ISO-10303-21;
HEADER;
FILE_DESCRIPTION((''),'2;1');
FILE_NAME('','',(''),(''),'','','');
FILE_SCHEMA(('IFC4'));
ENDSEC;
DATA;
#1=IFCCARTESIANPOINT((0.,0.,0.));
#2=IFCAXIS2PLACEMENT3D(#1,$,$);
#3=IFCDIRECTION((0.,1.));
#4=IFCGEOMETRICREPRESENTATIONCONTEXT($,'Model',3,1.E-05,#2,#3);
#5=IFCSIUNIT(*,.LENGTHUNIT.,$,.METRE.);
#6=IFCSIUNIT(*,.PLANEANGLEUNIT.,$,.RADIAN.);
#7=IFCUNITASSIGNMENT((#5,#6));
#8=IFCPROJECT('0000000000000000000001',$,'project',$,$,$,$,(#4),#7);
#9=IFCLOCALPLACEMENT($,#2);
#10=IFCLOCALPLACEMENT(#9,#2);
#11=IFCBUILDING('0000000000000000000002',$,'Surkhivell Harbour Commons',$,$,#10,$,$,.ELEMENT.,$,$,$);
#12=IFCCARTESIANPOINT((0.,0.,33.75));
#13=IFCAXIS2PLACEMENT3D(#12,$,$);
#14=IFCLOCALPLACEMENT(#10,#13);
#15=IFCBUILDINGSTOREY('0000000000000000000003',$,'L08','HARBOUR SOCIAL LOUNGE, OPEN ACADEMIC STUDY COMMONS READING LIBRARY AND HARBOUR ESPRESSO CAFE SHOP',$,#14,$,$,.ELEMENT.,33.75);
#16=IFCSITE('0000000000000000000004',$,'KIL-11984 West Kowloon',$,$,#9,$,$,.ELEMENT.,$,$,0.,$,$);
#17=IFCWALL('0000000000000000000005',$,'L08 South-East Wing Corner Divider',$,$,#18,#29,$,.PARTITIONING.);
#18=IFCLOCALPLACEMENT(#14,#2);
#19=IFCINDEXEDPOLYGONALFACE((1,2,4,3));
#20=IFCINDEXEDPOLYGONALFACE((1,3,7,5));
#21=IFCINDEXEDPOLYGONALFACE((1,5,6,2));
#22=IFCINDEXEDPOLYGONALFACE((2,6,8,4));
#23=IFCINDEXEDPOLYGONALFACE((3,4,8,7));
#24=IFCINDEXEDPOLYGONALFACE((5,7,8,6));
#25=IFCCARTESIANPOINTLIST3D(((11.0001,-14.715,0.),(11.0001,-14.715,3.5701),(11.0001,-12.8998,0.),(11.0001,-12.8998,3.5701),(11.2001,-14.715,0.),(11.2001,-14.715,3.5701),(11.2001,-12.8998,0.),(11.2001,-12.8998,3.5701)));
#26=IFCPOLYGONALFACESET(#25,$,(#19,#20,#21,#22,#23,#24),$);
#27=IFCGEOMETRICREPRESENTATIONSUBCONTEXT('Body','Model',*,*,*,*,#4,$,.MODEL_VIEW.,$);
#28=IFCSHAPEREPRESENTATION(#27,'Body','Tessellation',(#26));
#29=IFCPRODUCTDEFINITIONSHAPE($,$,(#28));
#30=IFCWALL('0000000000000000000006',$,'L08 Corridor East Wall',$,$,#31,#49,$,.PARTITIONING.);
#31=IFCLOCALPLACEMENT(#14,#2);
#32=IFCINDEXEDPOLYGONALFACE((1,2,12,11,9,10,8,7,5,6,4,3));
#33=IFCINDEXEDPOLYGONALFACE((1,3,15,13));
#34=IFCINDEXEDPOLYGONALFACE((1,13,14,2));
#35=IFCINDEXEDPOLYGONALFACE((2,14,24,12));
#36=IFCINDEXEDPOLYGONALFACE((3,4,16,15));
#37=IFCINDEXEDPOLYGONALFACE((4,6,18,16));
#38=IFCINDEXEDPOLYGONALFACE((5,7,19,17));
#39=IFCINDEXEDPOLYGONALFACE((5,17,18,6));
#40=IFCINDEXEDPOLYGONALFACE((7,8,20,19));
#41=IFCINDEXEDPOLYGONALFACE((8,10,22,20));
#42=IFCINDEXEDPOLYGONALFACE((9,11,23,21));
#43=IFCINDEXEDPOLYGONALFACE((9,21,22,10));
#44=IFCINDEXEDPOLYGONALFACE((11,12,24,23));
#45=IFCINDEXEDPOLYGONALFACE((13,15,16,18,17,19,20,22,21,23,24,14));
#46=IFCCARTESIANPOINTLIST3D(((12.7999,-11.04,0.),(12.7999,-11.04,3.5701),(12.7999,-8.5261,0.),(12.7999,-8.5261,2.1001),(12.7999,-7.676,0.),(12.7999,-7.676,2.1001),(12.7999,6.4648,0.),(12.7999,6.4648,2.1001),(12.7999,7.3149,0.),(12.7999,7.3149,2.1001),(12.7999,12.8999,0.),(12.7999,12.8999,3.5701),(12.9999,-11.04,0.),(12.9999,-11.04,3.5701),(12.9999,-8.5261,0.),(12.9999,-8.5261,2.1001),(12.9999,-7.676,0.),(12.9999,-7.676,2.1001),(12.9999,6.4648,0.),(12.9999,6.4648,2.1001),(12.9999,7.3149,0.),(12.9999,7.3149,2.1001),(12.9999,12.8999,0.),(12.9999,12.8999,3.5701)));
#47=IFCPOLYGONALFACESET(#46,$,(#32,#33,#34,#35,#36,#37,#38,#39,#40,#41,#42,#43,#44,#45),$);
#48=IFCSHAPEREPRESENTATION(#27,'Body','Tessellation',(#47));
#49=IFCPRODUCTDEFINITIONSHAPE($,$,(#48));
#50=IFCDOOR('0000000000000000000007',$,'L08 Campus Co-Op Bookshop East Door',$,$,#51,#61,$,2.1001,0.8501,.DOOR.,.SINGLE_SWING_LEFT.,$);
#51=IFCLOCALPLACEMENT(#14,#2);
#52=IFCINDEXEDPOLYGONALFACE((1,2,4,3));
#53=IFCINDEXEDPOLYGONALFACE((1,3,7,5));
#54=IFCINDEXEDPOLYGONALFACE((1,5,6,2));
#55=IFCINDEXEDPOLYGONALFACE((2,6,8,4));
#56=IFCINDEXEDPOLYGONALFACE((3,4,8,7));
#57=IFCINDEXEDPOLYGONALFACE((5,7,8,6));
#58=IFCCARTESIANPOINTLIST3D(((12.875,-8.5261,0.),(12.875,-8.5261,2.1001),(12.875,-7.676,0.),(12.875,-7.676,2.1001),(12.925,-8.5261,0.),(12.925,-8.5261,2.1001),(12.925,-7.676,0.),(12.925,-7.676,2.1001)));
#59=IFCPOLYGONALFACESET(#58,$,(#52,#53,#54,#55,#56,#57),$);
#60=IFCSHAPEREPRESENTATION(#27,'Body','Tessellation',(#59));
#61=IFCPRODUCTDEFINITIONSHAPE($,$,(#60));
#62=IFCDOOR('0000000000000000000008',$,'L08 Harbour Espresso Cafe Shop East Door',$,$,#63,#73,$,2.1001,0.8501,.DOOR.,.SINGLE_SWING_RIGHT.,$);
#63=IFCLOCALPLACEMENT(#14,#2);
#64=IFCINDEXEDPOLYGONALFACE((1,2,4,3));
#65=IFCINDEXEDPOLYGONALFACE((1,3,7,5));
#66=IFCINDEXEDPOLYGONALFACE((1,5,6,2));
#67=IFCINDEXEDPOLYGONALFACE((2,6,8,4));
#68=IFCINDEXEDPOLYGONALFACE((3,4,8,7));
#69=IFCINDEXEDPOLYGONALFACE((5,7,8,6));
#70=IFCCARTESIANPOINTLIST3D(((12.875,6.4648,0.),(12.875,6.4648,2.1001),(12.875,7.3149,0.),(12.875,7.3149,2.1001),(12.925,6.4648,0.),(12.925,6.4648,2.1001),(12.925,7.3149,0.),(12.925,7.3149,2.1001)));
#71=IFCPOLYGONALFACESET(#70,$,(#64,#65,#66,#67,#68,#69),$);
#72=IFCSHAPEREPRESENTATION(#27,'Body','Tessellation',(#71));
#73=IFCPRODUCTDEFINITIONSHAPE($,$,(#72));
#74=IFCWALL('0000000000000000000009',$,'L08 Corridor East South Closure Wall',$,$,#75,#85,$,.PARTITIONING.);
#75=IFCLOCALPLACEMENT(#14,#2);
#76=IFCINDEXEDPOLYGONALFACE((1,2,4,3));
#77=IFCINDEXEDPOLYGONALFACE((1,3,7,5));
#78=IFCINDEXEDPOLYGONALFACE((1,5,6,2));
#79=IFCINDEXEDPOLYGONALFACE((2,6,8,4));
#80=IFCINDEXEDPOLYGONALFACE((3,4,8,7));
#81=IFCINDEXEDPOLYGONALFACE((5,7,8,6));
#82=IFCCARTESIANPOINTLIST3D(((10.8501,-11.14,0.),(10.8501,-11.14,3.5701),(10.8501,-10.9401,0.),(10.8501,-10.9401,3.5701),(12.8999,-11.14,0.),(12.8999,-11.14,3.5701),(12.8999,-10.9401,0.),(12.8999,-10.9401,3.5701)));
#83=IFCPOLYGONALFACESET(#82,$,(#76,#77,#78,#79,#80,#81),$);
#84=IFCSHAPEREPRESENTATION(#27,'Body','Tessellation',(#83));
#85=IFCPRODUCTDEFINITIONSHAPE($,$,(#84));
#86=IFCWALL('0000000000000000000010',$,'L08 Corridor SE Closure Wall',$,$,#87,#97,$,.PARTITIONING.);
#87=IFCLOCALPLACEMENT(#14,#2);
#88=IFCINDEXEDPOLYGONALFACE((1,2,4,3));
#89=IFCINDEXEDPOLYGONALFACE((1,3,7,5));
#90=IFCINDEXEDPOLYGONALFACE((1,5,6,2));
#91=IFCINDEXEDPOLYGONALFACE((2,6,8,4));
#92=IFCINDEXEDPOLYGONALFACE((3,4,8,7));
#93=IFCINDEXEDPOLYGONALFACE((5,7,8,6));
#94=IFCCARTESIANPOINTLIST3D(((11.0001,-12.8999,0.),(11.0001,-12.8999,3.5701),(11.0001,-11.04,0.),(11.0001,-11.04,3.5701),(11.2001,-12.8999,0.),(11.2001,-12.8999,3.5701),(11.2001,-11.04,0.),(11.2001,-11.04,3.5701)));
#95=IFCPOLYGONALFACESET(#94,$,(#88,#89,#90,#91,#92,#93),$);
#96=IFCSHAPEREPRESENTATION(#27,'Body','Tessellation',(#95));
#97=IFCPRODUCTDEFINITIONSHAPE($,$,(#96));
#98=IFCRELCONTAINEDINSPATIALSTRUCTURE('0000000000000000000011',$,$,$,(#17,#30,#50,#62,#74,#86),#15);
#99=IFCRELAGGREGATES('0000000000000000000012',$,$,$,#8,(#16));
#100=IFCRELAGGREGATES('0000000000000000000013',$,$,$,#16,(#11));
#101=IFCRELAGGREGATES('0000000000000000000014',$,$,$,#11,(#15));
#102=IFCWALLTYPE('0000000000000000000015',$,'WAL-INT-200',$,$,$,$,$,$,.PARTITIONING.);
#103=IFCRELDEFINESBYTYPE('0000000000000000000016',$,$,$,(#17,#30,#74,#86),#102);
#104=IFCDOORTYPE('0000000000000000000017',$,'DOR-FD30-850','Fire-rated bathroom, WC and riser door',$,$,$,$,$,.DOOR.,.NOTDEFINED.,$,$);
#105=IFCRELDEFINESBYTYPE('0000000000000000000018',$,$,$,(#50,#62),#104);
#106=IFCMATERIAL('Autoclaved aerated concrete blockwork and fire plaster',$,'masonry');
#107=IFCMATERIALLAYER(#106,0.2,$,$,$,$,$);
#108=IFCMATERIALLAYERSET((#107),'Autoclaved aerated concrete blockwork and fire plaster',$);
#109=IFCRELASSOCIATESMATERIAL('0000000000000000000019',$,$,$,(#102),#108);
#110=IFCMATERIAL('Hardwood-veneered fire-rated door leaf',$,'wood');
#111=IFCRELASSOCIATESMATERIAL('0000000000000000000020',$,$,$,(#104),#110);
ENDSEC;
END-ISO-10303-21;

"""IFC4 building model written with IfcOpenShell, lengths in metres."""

from ifc_helpers import new_model, si_unit, direction, frame, frame_2d, origin, place, context, subcontext, project, spatial, rectangle, extrude, material, layer, layer_set, type_object, element, fill, save


model = new_model("IFC4")

# Units and contexts
model_context = context("Model", 3, precision=1e-05, world=origin(), true_north=direction((0.0, 1.0)))
body_context = subcontext(model_context, "Body", "Model", "MODEL_VIEW")
ifc_project = project(units=[si_unit("LENGTHUNIT", "METRE"), si_unit("PLANEANGLEUNIT", "RADIAN")], contexts=[model_context])

# Site, building, storey
site_placement = place(None, origin())
site = spatial("IfcSite", under=ifc_project, at=site_placement, Name="KIL-11984 West Kowloon", CompositionType="ELEMENT", RefElevation=0.0)
building_placement = place(site_placement, origin())
building = spatial("IfcBuilding", under=site, at=building_placement, Name="Surkhivell Harbour Commons", CompositionType="ELEMENT")
storey_placement = place(building_placement, frame((0.0, 0.0, 33.75)))
storey = spatial("IfcBuildingStorey", under=building, at=storey_placement, Name="L08", Description="HARBOUR SOCIAL LOUNGE, OPEN ACADEMIC STUDY COMMONS READING LIBRARY AND HARBOUR ESPRESSO CAFE SHOP", CompositionType="ELEMENT", Elevation=33.75)

# Shared definitions
ifc_material_1 = material(Name="Hardwood-veneered fire-rated door leaf", Category="wood")

# Wall
ifc_material_2 = material(Name="Autoclaved aerated concrete blockwork and fire plaster", Category="masonry")
ifc_layer_1 = layer(ifc_material_2, 0.2)
ifc_layer_set_1 = layer_set([ifc_layer_1], Name="Autoclaved aerated concrete blockwork and fire plaster")
wall_type_1 = type_object("IfcWallType", Name="WAL-INT-200", PredefinedType="PARTITIONING", material=ifc_layer_set_1)
wall_1_placement = place(storey_placement, frame((11.1001, -14.7151, 0.0), z_axis=(0.0, 0.0, 1.0), x_axis=(0.0, 1.0, 0.0)))
element("IfcWall", 1, at=wall_1_placement, inside=storey, type_object=wall_type_1, Name="L08 South-East Wing Corner Divider", PredefinedType="PARTITIONING", context=body_context, shape_type="SweptSolid", body=[
    extrude(rectangle(XDim=1.8152, YDim=0.2, at=frame_2d((0.9077, 0.0))), origin(), (0.0, 0.0, 1.0), 3.5701),
])

# Wall, openings, doors
wall_2_placement = place(storey_placement, frame((12.8999, -11.04, 0.0), z_axis=(0.0, 0.0, 1.0), x_axis=(0.0, 1.0, 0.0)))
wall_2 = element("IfcWall", 2, at=wall_2_placement, inside=storey, type_object=wall_type_1, Name="L08 Corridor East Wall", PredefinedType="PARTITIONING", context=body_context, shape_type="SweptSolid", body=[
    extrude(rectangle(XDim=23.9399, YDim=0.2, at=frame_2d((11.97, 0.0))), origin(), (0.0, 0.0, 1.0), 3.5701),
])
opening_1_placement = place(wall_2_placement, frame((2.5139, 0.0, 0.0)))
opening_1 = element("IfcOpeningElement", 3, at=opening_1_placement, cuts=wall_2, PredefinedType="OPENING", context=body_context, shape_type="SweptSolid", body=[
    extrude(rectangle(XDim=0.8501, YDim=2.1001, at=frame_2d((0.425, 1.05))), frame((0.0, 0.1099, 0.0), z_axis=(0.0, -1.0, 0.0), x_axis=(1.0, 0.0, 0.0)), (0.0, 0.0, 1.0), 0.22),
])
opening_2_placement = place(wall_2_placement, frame((17.5049, 0.0, 0.0)))
opening_2 = element("IfcOpeningElement", 4, at=opening_2_placement, cuts=wall_2, PredefinedType="OPENING", context=body_context, shape_type="SweptSolid", body=[
    extrude(rectangle(XDim=0.8501, YDim=2.1001, at=frame_2d((0.425, 1.05))), frame((0.0, 0.1099, 0.0), z_axis=(0.0, -1.0, 0.0), x_axis=(1.0, 0.0, 0.0)), (0.0, 0.0, 1.0), 0.22),
])
door_type_1 = type_object("IfcDoorType", Name="DOR-FD30-850", Description="Fire-rated bathroom, WC and riser door", OperationType="NOTDEFINED", PredefinedType="DOOR", material=ifc_material_1)
door_1_placement = place(opening_1_placement, origin())
door_1 = element("IfcDoor", 5, at=door_1_placement, inside=storey, type_object=door_type_1, Name="L08 Campus Co-Op Bookshop East Door", OperationType="SINGLE_SWING_LEFT", OverallHeight=2.1001, OverallWidth=0.8501, PredefinedType="DOOR", context=body_context, shape_type="SweptSolid", body=[
    extrude(rectangle(XDim=0.8501, YDim=2.1001, at=frame_2d((0.425, 1.05))), frame((0.0, 0.0249, 0.0), z_axis=(0.0, -1.0, 0.0), x_axis=(1.0, 0.0, 0.0)), (0.0, 0.0, 1.0), 0.05),
])
fill(opening_1, door_1)
door_2_placement = place(opening_2_placement, origin())
door_2 = element("IfcDoor", 6, at=door_2_placement, inside=storey, type_object=door_type_1, Name="L08 Harbour Espresso Cafe Shop East Door", OperationType="SINGLE_SWING_RIGHT", OverallHeight=2.1001, OverallWidth=0.8501, PredefinedType="DOOR", context=body_context, shape_type="SweptSolid", body=[
    extrude(rectangle(XDim=0.8501, YDim=2.1001, at=frame_2d((0.425, 1.05))), frame((0.0, 0.0249, 0.0), z_axis=(0.0, -1.0, 0.0), x_axis=(1.0, 0.0, 0.0)), (0.0, 0.0, 1.0), 0.05),
])
fill(opening_2, door_2)

# Walls
wall_3_placement = place(storey_placement, frame((10.8501, -11.04, 0.0), z_axis=(0.0, 0.0, 1.0), x_axis=(1.0, 0.0, 0.0)))
element("IfcWall", 7, at=wall_3_placement, inside=storey, type_object=wall_type_1, Name="L08 Corridor East South Closure Wall", PredefinedType="PARTITIONING", context=body_context, shape_type="SweptSolid", body=[
    extrude(rectangle(XDim=2.0498, YDim=0.2, at=frame_2d((1.0249, 0.0))), origin(), (0.0, 0.0, 1.0), 3.5701),
])
wall_4_placement = place(storey_placement, frame((11.1001, -12.8999, 0.0), z_axis=(0.0, 0.0, 1.0), x_axis=(0.0, 1.0, 0.0)))
element("IfcWall", 8, at=wall_4_placement, inside=storey, type_object=wall_type_1, Name="L08 Corridor SE Closure Wall", PredefinedType="PARTITIONING", context=body_context, shape_type="SweptSolid", body=[
    extrude(rectangle(XDim=1.8599, YDim=0.2, at=frame_2d((0.9299, 0.0))), origin(), (0.0, 0.0, 1.0), 3.5701),
])

save(model, "model.ifc")
